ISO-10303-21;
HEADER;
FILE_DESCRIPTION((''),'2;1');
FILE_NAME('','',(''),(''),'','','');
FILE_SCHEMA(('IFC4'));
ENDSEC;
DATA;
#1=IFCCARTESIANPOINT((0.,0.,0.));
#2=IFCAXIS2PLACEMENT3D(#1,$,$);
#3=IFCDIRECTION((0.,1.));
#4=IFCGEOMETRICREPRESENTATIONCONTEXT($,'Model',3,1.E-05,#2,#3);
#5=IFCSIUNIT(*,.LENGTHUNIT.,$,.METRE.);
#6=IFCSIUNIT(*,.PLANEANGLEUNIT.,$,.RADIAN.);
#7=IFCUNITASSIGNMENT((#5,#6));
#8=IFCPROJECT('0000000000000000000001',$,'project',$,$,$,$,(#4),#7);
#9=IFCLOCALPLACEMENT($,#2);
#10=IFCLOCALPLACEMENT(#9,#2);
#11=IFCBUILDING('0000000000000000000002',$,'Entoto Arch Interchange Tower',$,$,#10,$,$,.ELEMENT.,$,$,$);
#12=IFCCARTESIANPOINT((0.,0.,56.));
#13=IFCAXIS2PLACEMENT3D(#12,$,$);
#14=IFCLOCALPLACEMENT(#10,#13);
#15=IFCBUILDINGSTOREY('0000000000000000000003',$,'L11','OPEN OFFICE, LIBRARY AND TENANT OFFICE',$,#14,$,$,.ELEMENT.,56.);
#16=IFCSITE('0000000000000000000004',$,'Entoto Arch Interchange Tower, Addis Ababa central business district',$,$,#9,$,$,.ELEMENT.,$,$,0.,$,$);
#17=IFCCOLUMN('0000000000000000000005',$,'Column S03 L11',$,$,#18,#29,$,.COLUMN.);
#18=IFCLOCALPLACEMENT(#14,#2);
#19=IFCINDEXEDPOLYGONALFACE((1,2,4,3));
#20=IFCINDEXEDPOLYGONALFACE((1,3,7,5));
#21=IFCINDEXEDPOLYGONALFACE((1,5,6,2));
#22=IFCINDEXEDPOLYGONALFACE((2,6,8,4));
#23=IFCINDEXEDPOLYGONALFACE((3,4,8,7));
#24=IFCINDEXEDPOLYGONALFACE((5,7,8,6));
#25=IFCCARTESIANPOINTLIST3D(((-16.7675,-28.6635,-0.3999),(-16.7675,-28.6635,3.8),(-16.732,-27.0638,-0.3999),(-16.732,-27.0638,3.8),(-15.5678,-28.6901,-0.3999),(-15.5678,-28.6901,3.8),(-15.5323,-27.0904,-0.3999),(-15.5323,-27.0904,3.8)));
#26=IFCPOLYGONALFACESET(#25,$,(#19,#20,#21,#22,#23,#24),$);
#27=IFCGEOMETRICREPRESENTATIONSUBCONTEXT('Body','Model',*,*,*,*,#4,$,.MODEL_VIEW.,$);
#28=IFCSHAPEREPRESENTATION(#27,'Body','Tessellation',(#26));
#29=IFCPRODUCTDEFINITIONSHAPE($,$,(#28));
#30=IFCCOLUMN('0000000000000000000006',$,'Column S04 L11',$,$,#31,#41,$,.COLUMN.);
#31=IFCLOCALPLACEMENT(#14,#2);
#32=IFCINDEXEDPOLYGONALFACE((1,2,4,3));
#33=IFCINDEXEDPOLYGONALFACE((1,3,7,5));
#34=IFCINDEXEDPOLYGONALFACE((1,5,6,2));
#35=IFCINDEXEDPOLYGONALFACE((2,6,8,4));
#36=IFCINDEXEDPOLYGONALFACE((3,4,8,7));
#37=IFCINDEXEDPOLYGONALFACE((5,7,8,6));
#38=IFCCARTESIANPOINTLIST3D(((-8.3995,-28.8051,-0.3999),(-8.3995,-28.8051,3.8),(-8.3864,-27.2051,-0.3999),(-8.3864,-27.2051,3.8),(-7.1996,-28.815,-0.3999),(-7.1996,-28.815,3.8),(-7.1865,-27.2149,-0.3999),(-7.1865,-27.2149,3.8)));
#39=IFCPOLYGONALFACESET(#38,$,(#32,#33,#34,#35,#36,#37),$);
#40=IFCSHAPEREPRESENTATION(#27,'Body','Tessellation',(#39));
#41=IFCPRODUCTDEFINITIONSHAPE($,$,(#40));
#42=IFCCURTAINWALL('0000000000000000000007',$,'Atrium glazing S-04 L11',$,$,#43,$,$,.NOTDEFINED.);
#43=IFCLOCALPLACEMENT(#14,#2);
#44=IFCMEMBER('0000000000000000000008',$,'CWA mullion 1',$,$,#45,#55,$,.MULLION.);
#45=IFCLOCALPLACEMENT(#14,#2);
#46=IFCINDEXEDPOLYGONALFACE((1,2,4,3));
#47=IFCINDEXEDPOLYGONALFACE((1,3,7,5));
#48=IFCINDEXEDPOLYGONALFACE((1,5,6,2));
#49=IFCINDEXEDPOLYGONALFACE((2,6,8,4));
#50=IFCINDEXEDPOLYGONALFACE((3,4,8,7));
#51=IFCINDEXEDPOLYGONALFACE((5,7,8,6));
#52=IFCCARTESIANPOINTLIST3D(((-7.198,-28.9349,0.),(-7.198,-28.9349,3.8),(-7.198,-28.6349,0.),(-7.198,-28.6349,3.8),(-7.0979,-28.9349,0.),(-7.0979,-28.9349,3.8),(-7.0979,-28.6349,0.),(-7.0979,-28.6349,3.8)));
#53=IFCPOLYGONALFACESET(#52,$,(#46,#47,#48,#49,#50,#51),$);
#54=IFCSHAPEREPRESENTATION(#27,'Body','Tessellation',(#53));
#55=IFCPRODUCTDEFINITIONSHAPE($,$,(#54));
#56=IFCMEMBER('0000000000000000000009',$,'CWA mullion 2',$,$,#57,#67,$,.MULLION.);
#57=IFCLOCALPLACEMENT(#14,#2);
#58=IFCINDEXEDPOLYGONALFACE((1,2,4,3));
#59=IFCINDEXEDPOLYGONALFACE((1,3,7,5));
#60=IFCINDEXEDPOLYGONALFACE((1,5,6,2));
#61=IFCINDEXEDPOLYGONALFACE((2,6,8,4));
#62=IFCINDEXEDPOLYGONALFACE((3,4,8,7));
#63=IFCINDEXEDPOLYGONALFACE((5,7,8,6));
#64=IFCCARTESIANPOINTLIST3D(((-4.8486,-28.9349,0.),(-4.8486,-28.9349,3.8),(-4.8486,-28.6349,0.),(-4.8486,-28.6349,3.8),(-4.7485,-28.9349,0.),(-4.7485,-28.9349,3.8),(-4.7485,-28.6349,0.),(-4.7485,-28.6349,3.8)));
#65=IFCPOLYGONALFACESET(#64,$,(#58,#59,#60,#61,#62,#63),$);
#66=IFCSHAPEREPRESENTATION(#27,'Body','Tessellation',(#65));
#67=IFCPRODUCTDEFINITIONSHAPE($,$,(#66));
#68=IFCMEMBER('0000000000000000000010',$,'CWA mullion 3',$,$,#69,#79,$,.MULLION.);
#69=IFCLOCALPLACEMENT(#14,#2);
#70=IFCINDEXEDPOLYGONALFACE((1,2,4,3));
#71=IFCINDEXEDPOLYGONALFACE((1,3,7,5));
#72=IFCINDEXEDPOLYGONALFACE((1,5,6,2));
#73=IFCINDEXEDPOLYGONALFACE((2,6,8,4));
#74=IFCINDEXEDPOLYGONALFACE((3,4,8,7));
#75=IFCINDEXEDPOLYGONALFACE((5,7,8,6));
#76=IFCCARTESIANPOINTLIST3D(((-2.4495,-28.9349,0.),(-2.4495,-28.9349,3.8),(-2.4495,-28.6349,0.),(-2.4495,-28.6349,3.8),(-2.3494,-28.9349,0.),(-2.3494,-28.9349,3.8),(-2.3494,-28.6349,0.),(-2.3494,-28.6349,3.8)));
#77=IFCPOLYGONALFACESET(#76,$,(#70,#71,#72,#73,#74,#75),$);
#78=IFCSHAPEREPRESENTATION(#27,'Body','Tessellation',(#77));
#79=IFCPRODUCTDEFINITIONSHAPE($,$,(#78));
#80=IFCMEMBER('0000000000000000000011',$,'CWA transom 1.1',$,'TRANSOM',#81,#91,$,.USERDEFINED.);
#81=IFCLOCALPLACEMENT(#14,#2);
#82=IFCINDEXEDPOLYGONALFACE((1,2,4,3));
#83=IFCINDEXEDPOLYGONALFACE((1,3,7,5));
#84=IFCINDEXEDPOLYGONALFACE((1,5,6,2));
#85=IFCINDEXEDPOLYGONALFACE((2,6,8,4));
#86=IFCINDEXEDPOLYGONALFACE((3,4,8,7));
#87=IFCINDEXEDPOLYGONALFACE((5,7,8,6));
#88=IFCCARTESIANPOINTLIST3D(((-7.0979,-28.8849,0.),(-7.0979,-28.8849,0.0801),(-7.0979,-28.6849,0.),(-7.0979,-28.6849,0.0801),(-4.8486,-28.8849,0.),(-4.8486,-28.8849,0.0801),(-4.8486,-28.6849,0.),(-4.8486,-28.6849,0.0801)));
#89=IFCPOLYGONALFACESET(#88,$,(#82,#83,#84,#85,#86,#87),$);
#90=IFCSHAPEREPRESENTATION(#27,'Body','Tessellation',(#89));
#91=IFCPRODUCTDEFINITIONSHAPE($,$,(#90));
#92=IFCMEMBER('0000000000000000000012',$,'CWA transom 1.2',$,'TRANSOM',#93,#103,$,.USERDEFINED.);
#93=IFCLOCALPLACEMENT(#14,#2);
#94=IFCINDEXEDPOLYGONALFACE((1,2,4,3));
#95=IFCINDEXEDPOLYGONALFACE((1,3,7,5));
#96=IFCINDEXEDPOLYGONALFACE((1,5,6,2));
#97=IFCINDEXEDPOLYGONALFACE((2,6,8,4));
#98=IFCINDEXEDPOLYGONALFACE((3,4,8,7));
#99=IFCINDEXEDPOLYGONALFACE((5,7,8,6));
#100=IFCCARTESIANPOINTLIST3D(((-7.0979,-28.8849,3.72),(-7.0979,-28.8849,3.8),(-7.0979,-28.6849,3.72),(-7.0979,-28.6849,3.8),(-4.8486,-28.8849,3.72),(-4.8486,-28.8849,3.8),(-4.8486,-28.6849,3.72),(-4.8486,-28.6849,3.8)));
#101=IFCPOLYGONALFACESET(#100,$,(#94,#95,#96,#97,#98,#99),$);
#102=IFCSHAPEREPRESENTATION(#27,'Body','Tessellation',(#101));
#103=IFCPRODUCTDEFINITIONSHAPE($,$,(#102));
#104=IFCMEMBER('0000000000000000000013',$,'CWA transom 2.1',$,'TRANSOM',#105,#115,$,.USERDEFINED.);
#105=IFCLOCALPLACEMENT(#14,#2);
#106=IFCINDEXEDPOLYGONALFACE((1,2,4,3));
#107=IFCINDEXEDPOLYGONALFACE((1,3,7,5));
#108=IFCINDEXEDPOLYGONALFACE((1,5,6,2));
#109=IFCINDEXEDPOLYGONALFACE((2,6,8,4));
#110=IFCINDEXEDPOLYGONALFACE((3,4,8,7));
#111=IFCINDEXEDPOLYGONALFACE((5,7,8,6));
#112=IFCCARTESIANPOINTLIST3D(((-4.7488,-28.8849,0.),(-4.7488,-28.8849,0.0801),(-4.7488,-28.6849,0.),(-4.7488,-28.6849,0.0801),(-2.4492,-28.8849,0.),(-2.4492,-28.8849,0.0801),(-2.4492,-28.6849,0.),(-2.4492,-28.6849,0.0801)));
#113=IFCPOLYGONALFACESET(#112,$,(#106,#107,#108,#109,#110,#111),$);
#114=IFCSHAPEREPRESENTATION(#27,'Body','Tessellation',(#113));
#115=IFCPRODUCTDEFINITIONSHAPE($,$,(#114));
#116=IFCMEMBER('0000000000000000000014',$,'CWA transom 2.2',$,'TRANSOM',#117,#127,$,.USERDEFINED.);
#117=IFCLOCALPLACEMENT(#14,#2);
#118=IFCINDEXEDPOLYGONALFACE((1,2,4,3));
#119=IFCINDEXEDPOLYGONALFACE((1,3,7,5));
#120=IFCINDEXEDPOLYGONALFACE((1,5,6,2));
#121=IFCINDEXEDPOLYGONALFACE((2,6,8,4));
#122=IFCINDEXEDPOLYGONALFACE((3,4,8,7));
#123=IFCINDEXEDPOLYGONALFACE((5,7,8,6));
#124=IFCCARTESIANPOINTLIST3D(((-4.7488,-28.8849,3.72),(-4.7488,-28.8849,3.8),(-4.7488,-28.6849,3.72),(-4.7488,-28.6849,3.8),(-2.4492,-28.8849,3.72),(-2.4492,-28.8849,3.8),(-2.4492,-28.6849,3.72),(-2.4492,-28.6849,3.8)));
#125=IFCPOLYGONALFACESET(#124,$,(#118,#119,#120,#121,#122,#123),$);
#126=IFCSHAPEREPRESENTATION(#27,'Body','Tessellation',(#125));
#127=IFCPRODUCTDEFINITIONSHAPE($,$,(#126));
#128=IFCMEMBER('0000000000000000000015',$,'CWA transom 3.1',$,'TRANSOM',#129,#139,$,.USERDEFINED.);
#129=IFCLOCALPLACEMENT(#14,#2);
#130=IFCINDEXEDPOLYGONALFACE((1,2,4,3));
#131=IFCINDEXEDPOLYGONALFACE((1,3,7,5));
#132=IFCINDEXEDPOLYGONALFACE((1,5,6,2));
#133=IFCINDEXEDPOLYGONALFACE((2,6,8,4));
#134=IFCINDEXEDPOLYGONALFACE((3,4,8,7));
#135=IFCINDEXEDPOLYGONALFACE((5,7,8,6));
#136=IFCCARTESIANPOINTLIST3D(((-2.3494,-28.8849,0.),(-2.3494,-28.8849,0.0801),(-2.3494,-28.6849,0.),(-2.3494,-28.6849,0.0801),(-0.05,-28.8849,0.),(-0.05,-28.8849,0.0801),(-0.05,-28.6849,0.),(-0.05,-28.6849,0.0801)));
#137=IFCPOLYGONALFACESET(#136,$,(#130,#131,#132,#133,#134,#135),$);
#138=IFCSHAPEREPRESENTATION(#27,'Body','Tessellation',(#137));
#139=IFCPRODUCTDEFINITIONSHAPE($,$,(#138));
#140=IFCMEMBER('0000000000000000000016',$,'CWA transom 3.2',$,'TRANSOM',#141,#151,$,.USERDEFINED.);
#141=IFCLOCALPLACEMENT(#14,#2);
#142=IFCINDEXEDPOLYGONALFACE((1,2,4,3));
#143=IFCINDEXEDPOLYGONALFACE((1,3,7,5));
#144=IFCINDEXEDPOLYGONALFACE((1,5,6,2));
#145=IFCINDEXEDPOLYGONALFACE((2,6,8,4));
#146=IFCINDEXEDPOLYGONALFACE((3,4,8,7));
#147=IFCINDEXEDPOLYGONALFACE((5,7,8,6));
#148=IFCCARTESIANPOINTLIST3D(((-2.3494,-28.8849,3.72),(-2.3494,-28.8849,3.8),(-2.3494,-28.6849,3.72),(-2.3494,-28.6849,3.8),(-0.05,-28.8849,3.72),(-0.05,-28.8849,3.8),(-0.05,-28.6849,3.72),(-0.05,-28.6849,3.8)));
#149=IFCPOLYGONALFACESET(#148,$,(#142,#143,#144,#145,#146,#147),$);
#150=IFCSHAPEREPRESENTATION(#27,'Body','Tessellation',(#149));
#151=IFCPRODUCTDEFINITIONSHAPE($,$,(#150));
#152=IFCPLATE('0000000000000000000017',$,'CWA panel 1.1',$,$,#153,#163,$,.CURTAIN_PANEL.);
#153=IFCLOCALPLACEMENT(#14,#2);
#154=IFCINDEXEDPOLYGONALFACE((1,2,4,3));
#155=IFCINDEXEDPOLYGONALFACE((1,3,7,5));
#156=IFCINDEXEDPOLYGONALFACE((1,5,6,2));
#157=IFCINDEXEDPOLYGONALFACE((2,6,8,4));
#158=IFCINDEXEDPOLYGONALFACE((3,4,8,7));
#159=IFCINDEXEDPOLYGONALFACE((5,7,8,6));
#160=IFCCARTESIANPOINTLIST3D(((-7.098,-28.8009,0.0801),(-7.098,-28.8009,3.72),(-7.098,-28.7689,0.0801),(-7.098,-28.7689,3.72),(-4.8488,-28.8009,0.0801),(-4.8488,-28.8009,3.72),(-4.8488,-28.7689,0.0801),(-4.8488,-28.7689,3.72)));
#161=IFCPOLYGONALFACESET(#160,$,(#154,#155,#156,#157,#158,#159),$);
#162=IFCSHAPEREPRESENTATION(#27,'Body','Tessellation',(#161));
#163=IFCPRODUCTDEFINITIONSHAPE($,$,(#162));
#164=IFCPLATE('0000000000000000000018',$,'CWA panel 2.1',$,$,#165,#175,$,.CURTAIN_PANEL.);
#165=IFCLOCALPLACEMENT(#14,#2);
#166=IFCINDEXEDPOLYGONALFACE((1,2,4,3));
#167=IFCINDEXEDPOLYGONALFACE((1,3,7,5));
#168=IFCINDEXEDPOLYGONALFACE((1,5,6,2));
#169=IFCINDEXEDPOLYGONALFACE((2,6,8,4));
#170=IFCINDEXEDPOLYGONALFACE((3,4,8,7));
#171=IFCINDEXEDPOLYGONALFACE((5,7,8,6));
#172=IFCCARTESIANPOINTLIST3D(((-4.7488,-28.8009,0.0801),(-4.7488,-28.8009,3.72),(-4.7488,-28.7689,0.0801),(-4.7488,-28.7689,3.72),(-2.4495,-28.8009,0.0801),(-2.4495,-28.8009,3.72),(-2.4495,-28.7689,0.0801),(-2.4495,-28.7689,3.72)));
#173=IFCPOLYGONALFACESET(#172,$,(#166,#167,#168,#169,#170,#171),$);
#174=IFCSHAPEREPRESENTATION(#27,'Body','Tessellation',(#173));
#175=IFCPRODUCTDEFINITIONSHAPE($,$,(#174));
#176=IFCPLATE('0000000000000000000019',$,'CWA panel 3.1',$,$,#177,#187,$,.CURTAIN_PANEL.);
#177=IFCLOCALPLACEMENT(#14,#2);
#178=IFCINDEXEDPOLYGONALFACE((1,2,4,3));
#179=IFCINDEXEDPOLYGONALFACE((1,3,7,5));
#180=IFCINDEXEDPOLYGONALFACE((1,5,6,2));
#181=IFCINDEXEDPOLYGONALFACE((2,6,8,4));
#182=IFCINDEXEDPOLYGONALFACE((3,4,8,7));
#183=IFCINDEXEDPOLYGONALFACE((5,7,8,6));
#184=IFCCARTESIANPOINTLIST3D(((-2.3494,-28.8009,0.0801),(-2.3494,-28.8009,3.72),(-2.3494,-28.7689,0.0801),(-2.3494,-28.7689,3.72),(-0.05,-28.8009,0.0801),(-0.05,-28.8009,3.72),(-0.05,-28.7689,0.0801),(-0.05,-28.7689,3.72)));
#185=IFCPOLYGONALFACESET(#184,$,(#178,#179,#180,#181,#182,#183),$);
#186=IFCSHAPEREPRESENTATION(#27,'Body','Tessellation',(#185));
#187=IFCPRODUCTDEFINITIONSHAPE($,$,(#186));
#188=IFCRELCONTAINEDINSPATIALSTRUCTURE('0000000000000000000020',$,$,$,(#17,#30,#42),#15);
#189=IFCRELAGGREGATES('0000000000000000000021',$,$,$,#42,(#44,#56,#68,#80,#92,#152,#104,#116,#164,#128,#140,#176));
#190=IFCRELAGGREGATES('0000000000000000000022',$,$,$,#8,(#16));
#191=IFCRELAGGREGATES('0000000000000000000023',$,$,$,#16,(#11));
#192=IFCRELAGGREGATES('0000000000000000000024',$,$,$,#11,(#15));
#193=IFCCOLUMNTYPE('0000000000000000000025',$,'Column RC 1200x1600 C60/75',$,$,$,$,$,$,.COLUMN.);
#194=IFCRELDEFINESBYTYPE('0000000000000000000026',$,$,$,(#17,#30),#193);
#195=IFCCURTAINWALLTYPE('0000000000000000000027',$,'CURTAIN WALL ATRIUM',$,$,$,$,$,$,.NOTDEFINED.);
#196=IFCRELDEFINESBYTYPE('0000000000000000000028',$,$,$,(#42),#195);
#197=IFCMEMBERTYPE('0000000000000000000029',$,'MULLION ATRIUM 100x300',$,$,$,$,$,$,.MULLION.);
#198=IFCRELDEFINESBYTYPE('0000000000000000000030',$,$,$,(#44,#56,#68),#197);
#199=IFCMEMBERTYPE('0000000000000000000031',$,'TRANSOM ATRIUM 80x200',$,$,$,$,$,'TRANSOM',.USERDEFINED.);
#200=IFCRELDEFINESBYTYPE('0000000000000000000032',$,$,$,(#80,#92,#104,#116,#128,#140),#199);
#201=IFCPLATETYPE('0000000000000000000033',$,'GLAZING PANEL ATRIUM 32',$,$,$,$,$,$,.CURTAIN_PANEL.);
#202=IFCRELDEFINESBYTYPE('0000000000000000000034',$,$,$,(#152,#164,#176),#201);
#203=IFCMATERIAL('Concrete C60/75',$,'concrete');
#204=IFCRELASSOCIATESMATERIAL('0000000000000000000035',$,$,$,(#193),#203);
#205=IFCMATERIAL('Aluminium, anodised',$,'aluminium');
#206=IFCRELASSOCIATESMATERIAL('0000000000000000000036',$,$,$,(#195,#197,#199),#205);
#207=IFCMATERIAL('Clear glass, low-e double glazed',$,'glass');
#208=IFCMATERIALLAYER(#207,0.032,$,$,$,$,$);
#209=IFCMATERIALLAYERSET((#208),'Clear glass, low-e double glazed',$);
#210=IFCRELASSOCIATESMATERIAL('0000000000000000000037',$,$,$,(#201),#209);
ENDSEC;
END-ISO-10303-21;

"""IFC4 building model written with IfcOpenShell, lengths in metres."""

from ifc_helpers import new_model, si_unit, direction, frame, origin, origin_2d, place, context, subcontext, project, spatial, rectangle, extrude, material, layer, layer_set, material_profile, profile_set, type_object, element, aggregate, save


model = new_model("IFC4")

# Units and contexts
model_context = context("Model", 3, precision=1e-05, world=origin(), true_north=direction((0.0, 1.0)))
body_context = subcontext(model_context, "Body", "Model", "MODEL_VIEW")
ifc_project = project(units=[si_unit("LENGTHUNIT", "METRE"), si_unit("PLANEANGLEUNIT", "RADIAN")], contexts=[model_context])

# Site, building, storey
site_placement = place(None, origin())
site = spatial("IfcSite", under=ifc_project, at=site_placement, Name="Entoto Arch Interchange Tower, Addis Ababa central business district", CompositionType="ELEMENT", RefElevation=0.0)
building_placement = place(site_placement, origin())
building = spatial("IfcBuilding", under=site, at=building_placement, Name="Entoto Arch Interchange Tower", CompositionType="ELEMENT")
storey_placement = place(building_placement, frame((0.0, 0.0, 56.0)))
storey = spatial("IfcBuildingStorey", under=building, at=storey_placement, Name="L11", Description="OPEN OFFICE, LIBRARY AND TENANT OFFICE", CompositionType="ELEMENT", Elevation=56.0)

# Columns
ifc_material_1 = material(Name="Concrete C60/75", Category="concrete")
ifc_material_profile_1 = material_profile(ifc_material_1, rectangle(XDim=1.2, YDim=1.6001, at=origin_2d()))
ifc_profile_set_1 = profile_set([ifc_material_profile_1], Name="Concrete C60/75")
column_type = type_object("IfcColumnType", Name="Column RC 1200x1600 C60/75", PredefinedType="COLUMN", material=ifc_profile_set_1)
for number, where, z_axis, x_axis, name in (
    (1, (-16.1499, -27.877, -0.3999), (0.0, 0.0, 1.0), (-0.999754, 0.022164, 0.0), "Column S03 L11"),
    (2, (-7.793, -28.01, -0.3999), (0.0, 0.0, 1.0), (-0.999966, 0.008203, 0.0), "Column S04 L11"),
):
    element("IfcColumn", number, at=place(storey_placement, frame(where, z_axis=z_axis, x_axis=x_axis)), inside=storey, type_object=column_type, Name=name, PredefinedType="COLUMN", context=body_context, shape_type="SweptSolid", body=[
        extrude(rectangle(XDim=1.2, YDim=1.6001, at=origin_2d()), origin(), (0.0, 0.0, 1.0), 4.2),
    ])

# Curtain wall, members, plates
ifc_material_2 = material(Name="Aluminium, anodised", Category="aluminium")
curtain_wall_type = type_object("IfcCurtainWallType", Name="CURTAIN WALL ATRIUM", PredefinedType="NOTDEFINED", material=ifc_material_2)
curtain_wall_placement = place(storey_placement, origin())
curtain_wall = element("IfcCurtainWall", 3, at=curtain_wall_placement, inside=storey, type_object=curtain_wall_type, Name="Atrium glazing S-04 L11", PredefinedType="NOTDEFINED")
ifc_material_profile_2 = material_profile(ifc_material_2, rectangle(XDim=0.3, YDim=0.1001, at=origin_2d()))
ifc_profile_set_2 = profile_set([ifc_material_profile_2], Name="Aluminium, anodised")
member_type_1 = type_object("IfcMemberType", Name="MULLION ATRIUM 100x300", PredefinedType="MULLION", material=ifc_profile_set_2)
member_1_placement = place(storey_placement, frame((-7.1479, -28.7849, 0.0), z_axis=(0.0, 0.0, 1.0), x_axis=(0.0, 1.0, 0.0)))
member_1 = element("IfcMember", 4, at=member_1_placement, type_object=member_type_1, Name="CWA mullion 1", PredefinedType="MULLION", context=body_context, shape_type="SweptSolid", body=[
    extrude(rectangle(XDim=0.3, YDim=0.1001, at=origin_2d()), origin(), (0.0, 0.0, 1.0), 3.8),
])
member_2_placement = place(storey_placement, frame((-4.7986, -28.7849, 0.0), z_axis=(0.0, 0.0, 1.0), x_axis=(0.0, 1.0, 0.0)))
member_2 = element("IfcMember", 5, at=member_2_placement, type_object=member_type_1, Name="CWA mullion 2", PredefinedType="MULLION", context=body_context, shape_type="SweptSolid", body=[
    extrude(rectangle(XDim=0.3, YDim=0.1001, at=origin_2d()), origin(), (0.0, 0.0, 1.0), 3.8),
])
member_3_placement = place(storey_placement, frame((-2.3994, -28.7849, 0.0), z_axis=(0.0, 0.0, 1.0), x_axis=(0.0, 1.0, 0.0)))
member_3 = element("IfcMember", 6, at=member_3_placement, type_object=member_type_1, Name="CWA mullion 3", PredefinedType="MULLION", context=body_context, shape_type="SweptSolid", body=[
    extrude(rectangle(XDim=0.3, YDim=0.1001, at=origin_2d()), origin(), (0.0, 0.0, 1.0), 3.8),
])
ifc_material_profile_3 = material_profile(ifc_material_2, rectangle(XDim=0.2, YDim=0.0801, at=origin_2d()))
ifc_profile_set_3 = profile_set([ifc_material_profile_3], Name="Aluminium, anodised")
member_type_2 = type_object("IfcMemberType", Name="TRANSOM ATRIUM 80x200", ElementType="TRANSOM", PredefinedType="USERDEFINED", material=ifc_profile_set_3)
member_4_placement = place(storey_placement, frame((-7.0979, -28.7849, 0.04), z_axis=(1.0, 0.0, 0.0), x_axis=(0.0, 1.0, 0.0)))
member_4 = element("IfcMember", 7, at=member_4_placement, type_object=member_type_2, Name="CWA transom 1.1", ObjectType="TRANSOM", PredefinedType="USERDEFINED", context=body_context, shape_type="SweptSolid", body=[
    extrude(rectangle(XDim=0.2, YDim=0.0801, at=origin_2d()), origin(), (0.0, 0.0, 1.0), 2.2493),
])
member_5_placement = place(storey_placement, frame((-7.0979, -28.7849, 3.76), z_axis=(1.0, 0.0, 0.0), x_axis=(0.0, 1.0, 0.0)))
member_5 = element("IfcMember", 8, at=member_5_placement, type_object=member_type_2, Name="CWA transom 1.2", ObjectType="TRANSOM", PredefinedType="USERDEFINED", context=body_context, shape_type="SweptSolid", body=[
    extrude(rectangle(XDim=0.2, YDim=0.0801, at=origin_2d()), origin(), (0.0, 0.0, 1.0), 2.2493),
])
member_6_placement = place(storey_placement, frame((-4.7488, -28.7849, 0.04), z_axis=(1.0, 0.0, 0.0), x_axis=(0.0, 1.0, 0.0)))
member_6 = element("IfcMember", 9, at=member_6_placement, type_object=member_type_2, Name="CWA transom 2.1", ObjectType="TRANSOM", PredefinedType="USERDEFINED", context=body_context, shape_type="SweptSolid", body=[
    extrude(rectangle(XDim=0.2, YDim=0.0801, at=origin_2d()), origin(), (0.0, 0.0, 1.0), 2.2996),
])
member_7_placement = place(storey_placement, frame((-4.7488, -28.7849, 3.76), z_axis=(1.0, 0.0, 0.0), x_axis=(0.0, 1.0, 0.0)))
member_7 = element("IfcMember", 10, at=member_7_placement, type_object=member_type_2, Name="CWA transom 2.2", ObjectType="TRANSOM", PredefinedType="USERDEFINED", context=body_context, shape_type="SweptSolid", body=[
    extrude(rectangle(XDim=0.2, YDim=0.0801, at=origin_2d()), origin(), (0.0, 0.0, 1.0), 2.2996),
])
member_8_placement = place(storey_placement, frame((-2.3494, -28.7849, 0.04), z_axis=(1.0, 0.0, 0.0), x_axis=(0.0, 1.0, 0.0)))
member_8 = element("IfcMember", 11, at=member_8_placement, type_object=member_type_2, Name="CWA transom 3.1", ObjectType="TRANSOM", PredefinedType="USERDEFINED", context=body_context, shape_type="SweptSolid", body=[
    extrude(rectangle(XDim=0.2, YDim=0.0801, at=origin_2d()), origin(), (0.0, 0.0, 1.0), 2.2993),
])
member_9_placement = place(storey_placement, frame((-2.3494, -28.7849, 3.76), z_axis=(1.0, 0.0, 0.0), x_axis=(0.0, 1.0, 0.0)))
member_9 = element("IfcMember", 12, at=member_9_placement, type_object=member_type_2, Name="CWA transom 3.2", ObjectType="TRANSOM", PredefinedType="USERDEFINED", context=body_context, shape_type="SweptSolid", body=[
    extrude(rectangle(XDim=0.2, YDim=0.0801, at=origin_2d()), origin(), (0.0, 0.0, 1.0), 2.2993),
])
ifc_material_3 = material(Name="Clear glass, low-e double glazed", Category="glass")
ifc_layer_1 = layer(ifc_material_3, 0.032)
ifc_layer_set_1 = layer_set([ifc_layer_1], Name="Clear glass, low-e double glazed")
plate_type = type_object("IfcPlateType", Name="GLAZING PANEL ATRIUM 32", PredefinedType="CURTAIN_PANEL", material=ifc_layer_set_1)
plate_1_placement = place(storey_placement, frame((-5.9734, -28.7849, 0.0801), z_axis=(0.0, 0.0, 1.0), x_axis=(1.0, 0.0, 0.0)))
plate_1 = element("IfcPlate", 13, at=plate_1_placement, type_object=plate_type, Name="CWA panel 1.1", PredefinedType="CURTAIN_PANEL", context=body_context, shape_type="SweptSolid", body=[
    extrude(rectangle(XDim=2.2493, YDim=0.032, at=origin_2d()), origin(), (0.0, 0.0, 1.0), 3.6399),
])
plate_2_placement = place(storey_placement, frame((-3.5991, -28.7849, 0.0801), z_axis=(0.0, 0.0, 1.0), x_axis=(1.0, 0.0, 0.0)))
plate_2 = element("IfcPlate", 14, at=plate_2_placement, type_object=plate_type, Name="CWA panel 2.1", PredefinedType="CURTAIN_PANEL", context=body_context, shape_type="SweptSolid", body=[
    extrude(rectangle(XDim=2.2993, YDim=0.032, at=origin_2d()), origin(), (0.0, 0.0, 1.0), 3.6399),
])
plate_3_placement = place(storey_placement, frame((-1.1997, -28.7849, 0.0801), z_axis=(0.0, 0.0, 1.0), x_axis=(1.0, 0.0, 0.0)))
plate_3 = element("IfcPlate", 15, at=plate_3_placement, type_object=plate_type, Name="CWA panel 3.1", PredefinedType="CURTAIN_PANEL", context=body_context, shape_type="SweptSolid", body=[
    extrude(rectangle(XDim=2.2993, YDim=0.032, at=origin_2d()), origin(), (0.0, 0.0, 1.0), 3.6399),
])
aggregate(curtain_wall, [member_1, member_2, member_3, member_4, member_5, plate_1, member_6, member_7, plate_2, member_8, member_9, plate_3])

save(model, "model.ifc")
